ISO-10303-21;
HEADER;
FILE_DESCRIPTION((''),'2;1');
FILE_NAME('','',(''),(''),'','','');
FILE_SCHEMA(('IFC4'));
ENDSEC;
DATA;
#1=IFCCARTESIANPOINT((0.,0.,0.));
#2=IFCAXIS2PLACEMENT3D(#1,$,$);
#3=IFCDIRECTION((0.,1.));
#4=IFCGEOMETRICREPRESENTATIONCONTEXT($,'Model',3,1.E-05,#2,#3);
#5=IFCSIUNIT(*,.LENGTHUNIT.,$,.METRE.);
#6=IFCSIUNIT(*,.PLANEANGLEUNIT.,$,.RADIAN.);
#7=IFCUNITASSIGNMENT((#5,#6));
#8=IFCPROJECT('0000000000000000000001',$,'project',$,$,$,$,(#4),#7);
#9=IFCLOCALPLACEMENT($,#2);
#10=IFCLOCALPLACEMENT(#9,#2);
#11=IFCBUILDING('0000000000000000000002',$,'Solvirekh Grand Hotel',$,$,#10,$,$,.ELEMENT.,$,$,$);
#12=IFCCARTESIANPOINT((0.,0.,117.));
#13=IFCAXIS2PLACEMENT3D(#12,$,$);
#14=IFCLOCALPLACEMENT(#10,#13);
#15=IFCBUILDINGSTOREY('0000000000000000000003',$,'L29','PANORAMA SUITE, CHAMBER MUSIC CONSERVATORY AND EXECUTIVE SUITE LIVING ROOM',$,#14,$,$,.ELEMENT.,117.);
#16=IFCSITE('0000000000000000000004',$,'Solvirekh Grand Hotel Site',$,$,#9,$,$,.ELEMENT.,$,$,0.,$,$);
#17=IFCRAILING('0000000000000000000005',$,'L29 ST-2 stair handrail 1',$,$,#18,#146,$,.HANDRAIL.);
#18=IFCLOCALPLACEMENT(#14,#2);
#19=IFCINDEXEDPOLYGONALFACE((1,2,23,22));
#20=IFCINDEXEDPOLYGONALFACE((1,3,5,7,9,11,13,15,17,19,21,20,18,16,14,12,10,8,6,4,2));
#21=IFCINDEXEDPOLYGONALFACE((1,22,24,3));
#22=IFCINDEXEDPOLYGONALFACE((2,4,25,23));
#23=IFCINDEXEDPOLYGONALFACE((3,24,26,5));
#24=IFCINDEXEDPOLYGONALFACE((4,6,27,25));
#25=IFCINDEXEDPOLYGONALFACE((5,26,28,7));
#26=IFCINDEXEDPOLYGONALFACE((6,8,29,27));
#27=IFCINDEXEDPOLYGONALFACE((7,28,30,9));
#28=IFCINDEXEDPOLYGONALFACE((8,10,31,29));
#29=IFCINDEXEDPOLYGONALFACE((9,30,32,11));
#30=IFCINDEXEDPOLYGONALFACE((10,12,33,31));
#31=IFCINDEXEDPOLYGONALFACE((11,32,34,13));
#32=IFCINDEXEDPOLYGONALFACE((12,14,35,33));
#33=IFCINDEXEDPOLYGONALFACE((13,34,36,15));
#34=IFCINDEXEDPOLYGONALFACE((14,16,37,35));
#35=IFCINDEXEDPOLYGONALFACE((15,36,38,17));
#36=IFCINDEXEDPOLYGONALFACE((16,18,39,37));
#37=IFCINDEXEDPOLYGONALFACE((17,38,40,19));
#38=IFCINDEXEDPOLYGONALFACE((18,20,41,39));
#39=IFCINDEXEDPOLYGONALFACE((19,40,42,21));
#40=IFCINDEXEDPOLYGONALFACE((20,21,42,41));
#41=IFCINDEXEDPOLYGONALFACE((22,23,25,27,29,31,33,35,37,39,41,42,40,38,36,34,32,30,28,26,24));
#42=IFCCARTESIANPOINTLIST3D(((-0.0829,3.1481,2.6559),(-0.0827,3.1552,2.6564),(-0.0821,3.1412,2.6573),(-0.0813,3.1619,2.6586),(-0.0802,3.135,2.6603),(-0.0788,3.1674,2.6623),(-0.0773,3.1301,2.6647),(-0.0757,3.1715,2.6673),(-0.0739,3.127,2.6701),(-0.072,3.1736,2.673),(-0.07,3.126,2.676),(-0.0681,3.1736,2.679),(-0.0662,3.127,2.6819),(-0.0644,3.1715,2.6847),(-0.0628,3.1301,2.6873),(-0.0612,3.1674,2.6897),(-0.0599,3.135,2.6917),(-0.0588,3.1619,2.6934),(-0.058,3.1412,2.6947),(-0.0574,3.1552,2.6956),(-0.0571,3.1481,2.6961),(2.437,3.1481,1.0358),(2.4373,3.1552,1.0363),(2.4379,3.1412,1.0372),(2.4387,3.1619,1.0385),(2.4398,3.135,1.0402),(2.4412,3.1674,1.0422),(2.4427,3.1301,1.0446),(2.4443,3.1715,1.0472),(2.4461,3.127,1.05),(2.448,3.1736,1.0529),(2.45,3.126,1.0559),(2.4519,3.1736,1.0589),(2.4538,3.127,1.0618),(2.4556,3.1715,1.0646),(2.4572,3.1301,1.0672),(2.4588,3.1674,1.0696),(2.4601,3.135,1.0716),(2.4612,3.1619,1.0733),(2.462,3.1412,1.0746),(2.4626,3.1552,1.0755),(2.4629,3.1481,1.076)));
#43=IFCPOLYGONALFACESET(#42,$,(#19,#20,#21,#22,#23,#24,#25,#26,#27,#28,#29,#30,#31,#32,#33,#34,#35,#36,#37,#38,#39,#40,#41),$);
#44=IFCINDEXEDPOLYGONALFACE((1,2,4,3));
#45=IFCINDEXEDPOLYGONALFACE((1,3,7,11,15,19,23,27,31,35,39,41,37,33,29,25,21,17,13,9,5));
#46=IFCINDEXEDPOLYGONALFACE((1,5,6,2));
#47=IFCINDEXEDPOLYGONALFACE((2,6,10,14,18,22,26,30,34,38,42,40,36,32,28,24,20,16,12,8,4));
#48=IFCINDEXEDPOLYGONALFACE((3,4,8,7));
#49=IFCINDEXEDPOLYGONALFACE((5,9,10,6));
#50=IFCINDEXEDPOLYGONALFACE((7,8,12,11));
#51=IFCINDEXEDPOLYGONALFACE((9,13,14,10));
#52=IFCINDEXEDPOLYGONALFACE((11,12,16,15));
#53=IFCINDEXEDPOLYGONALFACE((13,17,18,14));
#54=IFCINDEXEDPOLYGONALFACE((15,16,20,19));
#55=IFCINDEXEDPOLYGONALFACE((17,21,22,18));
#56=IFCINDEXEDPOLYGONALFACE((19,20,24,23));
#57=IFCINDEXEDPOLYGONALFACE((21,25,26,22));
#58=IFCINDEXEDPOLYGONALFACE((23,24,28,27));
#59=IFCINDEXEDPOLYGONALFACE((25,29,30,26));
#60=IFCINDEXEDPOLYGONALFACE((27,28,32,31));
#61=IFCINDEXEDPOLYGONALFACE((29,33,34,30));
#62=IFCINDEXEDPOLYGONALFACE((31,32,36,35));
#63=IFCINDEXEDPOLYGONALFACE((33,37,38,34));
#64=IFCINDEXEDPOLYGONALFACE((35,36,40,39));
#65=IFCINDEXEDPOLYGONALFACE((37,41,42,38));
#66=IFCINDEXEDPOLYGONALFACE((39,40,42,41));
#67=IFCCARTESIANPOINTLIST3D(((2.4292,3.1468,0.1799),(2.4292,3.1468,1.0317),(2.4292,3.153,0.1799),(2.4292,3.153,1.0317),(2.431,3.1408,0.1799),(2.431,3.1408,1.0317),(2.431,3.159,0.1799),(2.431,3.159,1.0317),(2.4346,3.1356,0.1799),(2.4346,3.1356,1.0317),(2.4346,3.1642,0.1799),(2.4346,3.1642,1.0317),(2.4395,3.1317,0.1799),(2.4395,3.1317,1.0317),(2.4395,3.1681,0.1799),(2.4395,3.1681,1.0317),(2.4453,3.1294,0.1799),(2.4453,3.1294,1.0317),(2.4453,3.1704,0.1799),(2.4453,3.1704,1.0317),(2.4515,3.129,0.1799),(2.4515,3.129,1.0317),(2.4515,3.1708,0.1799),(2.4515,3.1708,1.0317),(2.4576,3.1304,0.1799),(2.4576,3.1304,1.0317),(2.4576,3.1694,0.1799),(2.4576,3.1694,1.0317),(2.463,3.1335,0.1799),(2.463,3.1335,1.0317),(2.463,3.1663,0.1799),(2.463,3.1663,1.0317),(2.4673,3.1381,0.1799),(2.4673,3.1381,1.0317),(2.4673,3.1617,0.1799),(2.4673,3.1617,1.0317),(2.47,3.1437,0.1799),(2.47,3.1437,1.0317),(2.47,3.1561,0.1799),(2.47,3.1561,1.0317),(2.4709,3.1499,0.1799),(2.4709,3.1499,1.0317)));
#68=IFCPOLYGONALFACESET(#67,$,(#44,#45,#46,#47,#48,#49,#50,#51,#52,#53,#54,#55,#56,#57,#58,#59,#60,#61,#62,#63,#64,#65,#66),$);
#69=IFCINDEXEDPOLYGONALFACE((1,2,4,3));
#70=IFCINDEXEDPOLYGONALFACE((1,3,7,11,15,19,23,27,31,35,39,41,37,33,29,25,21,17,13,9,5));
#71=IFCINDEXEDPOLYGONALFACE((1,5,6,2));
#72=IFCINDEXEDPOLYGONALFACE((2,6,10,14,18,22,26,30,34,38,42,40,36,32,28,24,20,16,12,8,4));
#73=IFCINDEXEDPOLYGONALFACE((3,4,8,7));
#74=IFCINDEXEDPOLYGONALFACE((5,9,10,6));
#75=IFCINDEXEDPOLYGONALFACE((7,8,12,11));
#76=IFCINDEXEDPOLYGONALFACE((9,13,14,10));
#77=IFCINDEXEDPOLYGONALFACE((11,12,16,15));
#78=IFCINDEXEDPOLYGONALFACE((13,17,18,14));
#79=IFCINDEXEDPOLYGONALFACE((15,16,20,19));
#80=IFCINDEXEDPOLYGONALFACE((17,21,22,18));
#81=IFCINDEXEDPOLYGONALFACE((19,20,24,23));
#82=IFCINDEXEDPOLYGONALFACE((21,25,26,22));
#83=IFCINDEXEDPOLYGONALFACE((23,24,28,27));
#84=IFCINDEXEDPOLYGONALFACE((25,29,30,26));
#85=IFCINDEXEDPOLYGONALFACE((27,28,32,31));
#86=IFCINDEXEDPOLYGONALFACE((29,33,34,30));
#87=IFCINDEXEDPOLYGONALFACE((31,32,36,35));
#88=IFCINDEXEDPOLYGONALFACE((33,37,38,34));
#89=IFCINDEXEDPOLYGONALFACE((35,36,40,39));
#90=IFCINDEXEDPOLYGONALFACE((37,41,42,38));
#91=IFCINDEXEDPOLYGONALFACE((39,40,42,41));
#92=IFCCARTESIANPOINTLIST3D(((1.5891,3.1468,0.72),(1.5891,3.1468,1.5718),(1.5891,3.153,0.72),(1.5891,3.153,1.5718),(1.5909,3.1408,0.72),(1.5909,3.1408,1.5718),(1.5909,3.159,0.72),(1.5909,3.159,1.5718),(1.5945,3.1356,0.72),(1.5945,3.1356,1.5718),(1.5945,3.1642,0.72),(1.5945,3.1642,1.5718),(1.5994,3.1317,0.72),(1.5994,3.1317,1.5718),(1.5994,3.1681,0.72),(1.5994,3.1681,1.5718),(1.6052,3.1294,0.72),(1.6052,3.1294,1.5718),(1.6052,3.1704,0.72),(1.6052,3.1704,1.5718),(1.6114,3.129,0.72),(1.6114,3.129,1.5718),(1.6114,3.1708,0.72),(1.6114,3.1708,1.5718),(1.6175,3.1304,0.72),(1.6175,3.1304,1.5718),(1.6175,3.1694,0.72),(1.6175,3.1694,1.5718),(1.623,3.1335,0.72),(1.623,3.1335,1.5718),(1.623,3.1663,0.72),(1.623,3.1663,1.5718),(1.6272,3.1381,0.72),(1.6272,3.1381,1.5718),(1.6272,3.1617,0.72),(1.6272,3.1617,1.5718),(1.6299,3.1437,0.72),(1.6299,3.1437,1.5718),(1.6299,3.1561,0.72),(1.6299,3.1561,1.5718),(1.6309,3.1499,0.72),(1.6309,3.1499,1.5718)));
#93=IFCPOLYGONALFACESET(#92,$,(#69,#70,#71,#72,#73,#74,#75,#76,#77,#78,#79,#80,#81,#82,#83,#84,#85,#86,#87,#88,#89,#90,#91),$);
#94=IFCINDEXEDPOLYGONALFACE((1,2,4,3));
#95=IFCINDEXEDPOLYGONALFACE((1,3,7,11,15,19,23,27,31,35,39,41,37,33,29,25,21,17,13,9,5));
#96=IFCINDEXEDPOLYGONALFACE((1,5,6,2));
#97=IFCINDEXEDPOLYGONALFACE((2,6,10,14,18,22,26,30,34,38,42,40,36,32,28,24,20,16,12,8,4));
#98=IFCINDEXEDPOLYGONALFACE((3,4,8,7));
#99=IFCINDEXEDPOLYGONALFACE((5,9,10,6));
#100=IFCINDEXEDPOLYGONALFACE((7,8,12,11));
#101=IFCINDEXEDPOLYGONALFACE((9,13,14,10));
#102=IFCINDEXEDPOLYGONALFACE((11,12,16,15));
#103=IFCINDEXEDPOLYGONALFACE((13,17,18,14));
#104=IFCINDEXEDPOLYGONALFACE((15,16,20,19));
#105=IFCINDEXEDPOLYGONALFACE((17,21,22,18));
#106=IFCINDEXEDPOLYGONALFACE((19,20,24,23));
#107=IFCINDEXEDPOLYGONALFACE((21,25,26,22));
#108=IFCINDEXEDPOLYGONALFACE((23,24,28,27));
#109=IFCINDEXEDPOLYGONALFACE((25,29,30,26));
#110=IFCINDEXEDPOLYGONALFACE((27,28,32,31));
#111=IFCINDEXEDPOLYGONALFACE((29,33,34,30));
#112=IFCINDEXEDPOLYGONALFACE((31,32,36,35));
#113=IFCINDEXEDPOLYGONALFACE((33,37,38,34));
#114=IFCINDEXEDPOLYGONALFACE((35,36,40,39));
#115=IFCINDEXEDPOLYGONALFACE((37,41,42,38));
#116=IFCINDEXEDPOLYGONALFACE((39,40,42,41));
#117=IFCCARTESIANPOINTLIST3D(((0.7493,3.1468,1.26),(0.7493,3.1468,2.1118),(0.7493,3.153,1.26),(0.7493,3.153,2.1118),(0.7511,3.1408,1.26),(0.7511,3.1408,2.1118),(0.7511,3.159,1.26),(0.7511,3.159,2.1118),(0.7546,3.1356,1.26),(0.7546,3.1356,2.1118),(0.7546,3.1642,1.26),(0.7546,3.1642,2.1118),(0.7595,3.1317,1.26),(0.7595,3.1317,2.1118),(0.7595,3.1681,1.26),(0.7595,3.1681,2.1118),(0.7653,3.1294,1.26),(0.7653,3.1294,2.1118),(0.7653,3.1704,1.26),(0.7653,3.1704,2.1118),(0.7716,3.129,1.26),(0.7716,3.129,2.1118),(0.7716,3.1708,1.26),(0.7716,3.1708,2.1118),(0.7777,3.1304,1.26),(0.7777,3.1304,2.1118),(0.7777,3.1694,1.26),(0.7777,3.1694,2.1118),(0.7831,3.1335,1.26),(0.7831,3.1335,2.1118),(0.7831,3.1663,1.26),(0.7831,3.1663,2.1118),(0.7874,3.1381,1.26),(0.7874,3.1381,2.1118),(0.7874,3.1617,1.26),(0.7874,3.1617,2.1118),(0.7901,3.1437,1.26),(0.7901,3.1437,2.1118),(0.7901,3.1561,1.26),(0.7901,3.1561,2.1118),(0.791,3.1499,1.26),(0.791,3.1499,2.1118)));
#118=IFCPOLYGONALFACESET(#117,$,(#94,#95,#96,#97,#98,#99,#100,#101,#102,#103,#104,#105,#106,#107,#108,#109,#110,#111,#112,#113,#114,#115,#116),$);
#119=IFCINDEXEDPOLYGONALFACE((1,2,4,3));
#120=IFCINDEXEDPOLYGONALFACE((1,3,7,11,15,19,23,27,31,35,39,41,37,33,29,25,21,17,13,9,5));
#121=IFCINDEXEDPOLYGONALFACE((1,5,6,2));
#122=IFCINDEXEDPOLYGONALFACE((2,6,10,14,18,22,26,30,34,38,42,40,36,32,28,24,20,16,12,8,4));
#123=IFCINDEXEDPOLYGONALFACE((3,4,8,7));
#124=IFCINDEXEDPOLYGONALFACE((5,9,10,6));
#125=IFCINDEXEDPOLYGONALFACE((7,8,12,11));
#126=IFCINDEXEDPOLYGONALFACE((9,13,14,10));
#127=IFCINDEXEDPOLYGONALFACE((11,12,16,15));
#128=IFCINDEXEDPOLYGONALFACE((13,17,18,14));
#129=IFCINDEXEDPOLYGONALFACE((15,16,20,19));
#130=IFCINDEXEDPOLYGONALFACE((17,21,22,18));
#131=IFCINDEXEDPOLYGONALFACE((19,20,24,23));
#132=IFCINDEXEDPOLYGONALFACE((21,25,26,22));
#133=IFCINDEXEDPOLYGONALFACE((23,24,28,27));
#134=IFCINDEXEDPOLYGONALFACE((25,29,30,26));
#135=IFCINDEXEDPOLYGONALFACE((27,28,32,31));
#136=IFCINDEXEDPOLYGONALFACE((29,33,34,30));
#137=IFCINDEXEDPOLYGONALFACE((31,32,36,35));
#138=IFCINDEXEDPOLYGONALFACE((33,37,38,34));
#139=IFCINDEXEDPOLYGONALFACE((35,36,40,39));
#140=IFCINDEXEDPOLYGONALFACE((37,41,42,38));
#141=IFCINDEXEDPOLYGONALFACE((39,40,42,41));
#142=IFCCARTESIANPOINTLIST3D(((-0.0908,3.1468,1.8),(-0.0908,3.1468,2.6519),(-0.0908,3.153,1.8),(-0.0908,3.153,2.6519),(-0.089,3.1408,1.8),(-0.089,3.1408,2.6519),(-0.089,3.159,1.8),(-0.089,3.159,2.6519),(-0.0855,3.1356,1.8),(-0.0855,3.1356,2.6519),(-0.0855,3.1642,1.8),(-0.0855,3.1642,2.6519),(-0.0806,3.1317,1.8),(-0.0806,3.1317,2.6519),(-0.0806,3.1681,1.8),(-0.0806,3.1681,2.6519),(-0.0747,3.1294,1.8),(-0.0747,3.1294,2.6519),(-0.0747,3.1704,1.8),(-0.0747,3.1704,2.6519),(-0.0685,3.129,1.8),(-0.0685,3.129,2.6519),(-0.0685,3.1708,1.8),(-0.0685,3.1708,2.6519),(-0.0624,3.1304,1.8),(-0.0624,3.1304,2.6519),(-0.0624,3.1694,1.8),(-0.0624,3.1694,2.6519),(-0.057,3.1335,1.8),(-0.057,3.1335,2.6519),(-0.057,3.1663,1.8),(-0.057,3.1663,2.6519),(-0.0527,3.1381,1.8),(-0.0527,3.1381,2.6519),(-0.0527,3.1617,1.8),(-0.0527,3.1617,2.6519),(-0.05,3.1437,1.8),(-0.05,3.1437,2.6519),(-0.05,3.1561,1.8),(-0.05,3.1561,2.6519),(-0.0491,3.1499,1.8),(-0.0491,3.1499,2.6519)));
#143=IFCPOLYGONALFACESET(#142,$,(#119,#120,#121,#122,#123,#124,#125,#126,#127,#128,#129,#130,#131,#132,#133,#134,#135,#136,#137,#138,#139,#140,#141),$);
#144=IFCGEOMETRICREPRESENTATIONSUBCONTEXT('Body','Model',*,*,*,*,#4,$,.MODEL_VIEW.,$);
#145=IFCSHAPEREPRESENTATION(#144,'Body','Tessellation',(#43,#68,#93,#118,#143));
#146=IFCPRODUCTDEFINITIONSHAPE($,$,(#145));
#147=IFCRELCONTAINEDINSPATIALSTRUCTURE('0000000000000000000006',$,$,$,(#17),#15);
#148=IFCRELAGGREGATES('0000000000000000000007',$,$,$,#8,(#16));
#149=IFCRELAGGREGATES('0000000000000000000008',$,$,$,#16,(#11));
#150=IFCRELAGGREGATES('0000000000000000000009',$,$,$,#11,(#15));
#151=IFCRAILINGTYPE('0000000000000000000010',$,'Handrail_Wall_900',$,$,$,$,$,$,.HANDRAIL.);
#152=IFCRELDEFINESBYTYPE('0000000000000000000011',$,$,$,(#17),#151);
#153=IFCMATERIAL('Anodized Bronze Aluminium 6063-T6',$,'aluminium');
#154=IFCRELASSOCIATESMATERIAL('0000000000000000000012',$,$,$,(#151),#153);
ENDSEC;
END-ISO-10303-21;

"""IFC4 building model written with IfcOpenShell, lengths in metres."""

from ifc_helpers import new_model, si_unit, direction, frame, origin, origin_2d, place, context, subcontext, project, spatial, circle, extrude, material, type_object, element, save


model = new_model("IFC4")

# Units and contexts
model_context = context("Model", 3, precision=1e-05, world=origin(), true_north=direction((0.0, 1.0)))
body_context = subcontext(model_context, "Body", "Model", "MODEL_VIEW")
ifc_project = project(units=[si_unit("LENGTHUNIT", "METRE"), si_unit("PLANEANGLEUNIT", "RADIAN")], contexts=[model_context])

# Site, building, storey
site_placement = place(None, origin())
site = spatial("IfcSite", under=ifc_project, at=site_placement, Name="Solvirekh Grand Hotel Site", CompositionType="ELEMENT", RefElevation=0.0)
building_placement = place(site_placement, origin())
building = spatial("IfcBuilding", under=site, at=building_placement, Name="Solvirekh Grand Hotel", CompositionType="ELEMENT")
storey_placement = place(building_placement, frame((0.0, 0.0, 117.0)))
storey = spatial("IfcBuildingStorey", under=building, at=storey_placement, Name="L29", Description="PANORAMA SUITE, CHAMBER MUSIC CONSERVATORY AND EXECUTIVE SUITE LIVING ROOM", CompositionType="ELEMENT", Elevation=117.0)

# Railing
ifc_material_1 = material(Name="Anodized Bronze Aluminium 6063-T6", Category="aluminium")
railing_type_1 = type_object("IfcRailingType", Name="Handrail_Wall_900", PredefinedType="HANDRAIL", material=ifc_material_1)
for number, where, name in (
    (1, (2.45, 3.1499, 0.1799), "L29 ST-2 stair handrail 1"),
):
    element("IfcRailing", number, at=place(storey_placement, frame(where)), inside=storey, type_object=railing_type_1, Name=name, PredefinedType="HANDRAIL", context=body_context, shape_type="SweptSolid", body=[
        extrude(circle(Radius=0.0239, at=origin_2d()), frame((0.0, 0.0, 0.876), z_axis=(-0.841163, 0.0, 0.540782), x_axis=(0.0, -1.0, 0.0)), (0.0, 0.0, 1.0), 2.9958),
        extrude(circle(Radius=0.021, at=origin_2d()), origin(), (0.0, 0.0, 1.0), 0.8518),
        extrude(circle(Radius=0.021, at=origin_2d()), frame((-0.8401, 0.0, 0.54)), (0.0, 0.0, 1.0), 0.8518),
        extrude(circle(Radius=0.021, at=origin_2d()), frame((-1.6799, 0.0, 1.0801)), (0.0, 0.0, 1.0), 0.8518),
        extrude(circle(Radius=0.021, at=origin_2d()), frame((-2.52, 0.0, 1.6201)), (0.0, 0.0, 1.0), 0.8518),
    ])

save(model, "model.ifc")
